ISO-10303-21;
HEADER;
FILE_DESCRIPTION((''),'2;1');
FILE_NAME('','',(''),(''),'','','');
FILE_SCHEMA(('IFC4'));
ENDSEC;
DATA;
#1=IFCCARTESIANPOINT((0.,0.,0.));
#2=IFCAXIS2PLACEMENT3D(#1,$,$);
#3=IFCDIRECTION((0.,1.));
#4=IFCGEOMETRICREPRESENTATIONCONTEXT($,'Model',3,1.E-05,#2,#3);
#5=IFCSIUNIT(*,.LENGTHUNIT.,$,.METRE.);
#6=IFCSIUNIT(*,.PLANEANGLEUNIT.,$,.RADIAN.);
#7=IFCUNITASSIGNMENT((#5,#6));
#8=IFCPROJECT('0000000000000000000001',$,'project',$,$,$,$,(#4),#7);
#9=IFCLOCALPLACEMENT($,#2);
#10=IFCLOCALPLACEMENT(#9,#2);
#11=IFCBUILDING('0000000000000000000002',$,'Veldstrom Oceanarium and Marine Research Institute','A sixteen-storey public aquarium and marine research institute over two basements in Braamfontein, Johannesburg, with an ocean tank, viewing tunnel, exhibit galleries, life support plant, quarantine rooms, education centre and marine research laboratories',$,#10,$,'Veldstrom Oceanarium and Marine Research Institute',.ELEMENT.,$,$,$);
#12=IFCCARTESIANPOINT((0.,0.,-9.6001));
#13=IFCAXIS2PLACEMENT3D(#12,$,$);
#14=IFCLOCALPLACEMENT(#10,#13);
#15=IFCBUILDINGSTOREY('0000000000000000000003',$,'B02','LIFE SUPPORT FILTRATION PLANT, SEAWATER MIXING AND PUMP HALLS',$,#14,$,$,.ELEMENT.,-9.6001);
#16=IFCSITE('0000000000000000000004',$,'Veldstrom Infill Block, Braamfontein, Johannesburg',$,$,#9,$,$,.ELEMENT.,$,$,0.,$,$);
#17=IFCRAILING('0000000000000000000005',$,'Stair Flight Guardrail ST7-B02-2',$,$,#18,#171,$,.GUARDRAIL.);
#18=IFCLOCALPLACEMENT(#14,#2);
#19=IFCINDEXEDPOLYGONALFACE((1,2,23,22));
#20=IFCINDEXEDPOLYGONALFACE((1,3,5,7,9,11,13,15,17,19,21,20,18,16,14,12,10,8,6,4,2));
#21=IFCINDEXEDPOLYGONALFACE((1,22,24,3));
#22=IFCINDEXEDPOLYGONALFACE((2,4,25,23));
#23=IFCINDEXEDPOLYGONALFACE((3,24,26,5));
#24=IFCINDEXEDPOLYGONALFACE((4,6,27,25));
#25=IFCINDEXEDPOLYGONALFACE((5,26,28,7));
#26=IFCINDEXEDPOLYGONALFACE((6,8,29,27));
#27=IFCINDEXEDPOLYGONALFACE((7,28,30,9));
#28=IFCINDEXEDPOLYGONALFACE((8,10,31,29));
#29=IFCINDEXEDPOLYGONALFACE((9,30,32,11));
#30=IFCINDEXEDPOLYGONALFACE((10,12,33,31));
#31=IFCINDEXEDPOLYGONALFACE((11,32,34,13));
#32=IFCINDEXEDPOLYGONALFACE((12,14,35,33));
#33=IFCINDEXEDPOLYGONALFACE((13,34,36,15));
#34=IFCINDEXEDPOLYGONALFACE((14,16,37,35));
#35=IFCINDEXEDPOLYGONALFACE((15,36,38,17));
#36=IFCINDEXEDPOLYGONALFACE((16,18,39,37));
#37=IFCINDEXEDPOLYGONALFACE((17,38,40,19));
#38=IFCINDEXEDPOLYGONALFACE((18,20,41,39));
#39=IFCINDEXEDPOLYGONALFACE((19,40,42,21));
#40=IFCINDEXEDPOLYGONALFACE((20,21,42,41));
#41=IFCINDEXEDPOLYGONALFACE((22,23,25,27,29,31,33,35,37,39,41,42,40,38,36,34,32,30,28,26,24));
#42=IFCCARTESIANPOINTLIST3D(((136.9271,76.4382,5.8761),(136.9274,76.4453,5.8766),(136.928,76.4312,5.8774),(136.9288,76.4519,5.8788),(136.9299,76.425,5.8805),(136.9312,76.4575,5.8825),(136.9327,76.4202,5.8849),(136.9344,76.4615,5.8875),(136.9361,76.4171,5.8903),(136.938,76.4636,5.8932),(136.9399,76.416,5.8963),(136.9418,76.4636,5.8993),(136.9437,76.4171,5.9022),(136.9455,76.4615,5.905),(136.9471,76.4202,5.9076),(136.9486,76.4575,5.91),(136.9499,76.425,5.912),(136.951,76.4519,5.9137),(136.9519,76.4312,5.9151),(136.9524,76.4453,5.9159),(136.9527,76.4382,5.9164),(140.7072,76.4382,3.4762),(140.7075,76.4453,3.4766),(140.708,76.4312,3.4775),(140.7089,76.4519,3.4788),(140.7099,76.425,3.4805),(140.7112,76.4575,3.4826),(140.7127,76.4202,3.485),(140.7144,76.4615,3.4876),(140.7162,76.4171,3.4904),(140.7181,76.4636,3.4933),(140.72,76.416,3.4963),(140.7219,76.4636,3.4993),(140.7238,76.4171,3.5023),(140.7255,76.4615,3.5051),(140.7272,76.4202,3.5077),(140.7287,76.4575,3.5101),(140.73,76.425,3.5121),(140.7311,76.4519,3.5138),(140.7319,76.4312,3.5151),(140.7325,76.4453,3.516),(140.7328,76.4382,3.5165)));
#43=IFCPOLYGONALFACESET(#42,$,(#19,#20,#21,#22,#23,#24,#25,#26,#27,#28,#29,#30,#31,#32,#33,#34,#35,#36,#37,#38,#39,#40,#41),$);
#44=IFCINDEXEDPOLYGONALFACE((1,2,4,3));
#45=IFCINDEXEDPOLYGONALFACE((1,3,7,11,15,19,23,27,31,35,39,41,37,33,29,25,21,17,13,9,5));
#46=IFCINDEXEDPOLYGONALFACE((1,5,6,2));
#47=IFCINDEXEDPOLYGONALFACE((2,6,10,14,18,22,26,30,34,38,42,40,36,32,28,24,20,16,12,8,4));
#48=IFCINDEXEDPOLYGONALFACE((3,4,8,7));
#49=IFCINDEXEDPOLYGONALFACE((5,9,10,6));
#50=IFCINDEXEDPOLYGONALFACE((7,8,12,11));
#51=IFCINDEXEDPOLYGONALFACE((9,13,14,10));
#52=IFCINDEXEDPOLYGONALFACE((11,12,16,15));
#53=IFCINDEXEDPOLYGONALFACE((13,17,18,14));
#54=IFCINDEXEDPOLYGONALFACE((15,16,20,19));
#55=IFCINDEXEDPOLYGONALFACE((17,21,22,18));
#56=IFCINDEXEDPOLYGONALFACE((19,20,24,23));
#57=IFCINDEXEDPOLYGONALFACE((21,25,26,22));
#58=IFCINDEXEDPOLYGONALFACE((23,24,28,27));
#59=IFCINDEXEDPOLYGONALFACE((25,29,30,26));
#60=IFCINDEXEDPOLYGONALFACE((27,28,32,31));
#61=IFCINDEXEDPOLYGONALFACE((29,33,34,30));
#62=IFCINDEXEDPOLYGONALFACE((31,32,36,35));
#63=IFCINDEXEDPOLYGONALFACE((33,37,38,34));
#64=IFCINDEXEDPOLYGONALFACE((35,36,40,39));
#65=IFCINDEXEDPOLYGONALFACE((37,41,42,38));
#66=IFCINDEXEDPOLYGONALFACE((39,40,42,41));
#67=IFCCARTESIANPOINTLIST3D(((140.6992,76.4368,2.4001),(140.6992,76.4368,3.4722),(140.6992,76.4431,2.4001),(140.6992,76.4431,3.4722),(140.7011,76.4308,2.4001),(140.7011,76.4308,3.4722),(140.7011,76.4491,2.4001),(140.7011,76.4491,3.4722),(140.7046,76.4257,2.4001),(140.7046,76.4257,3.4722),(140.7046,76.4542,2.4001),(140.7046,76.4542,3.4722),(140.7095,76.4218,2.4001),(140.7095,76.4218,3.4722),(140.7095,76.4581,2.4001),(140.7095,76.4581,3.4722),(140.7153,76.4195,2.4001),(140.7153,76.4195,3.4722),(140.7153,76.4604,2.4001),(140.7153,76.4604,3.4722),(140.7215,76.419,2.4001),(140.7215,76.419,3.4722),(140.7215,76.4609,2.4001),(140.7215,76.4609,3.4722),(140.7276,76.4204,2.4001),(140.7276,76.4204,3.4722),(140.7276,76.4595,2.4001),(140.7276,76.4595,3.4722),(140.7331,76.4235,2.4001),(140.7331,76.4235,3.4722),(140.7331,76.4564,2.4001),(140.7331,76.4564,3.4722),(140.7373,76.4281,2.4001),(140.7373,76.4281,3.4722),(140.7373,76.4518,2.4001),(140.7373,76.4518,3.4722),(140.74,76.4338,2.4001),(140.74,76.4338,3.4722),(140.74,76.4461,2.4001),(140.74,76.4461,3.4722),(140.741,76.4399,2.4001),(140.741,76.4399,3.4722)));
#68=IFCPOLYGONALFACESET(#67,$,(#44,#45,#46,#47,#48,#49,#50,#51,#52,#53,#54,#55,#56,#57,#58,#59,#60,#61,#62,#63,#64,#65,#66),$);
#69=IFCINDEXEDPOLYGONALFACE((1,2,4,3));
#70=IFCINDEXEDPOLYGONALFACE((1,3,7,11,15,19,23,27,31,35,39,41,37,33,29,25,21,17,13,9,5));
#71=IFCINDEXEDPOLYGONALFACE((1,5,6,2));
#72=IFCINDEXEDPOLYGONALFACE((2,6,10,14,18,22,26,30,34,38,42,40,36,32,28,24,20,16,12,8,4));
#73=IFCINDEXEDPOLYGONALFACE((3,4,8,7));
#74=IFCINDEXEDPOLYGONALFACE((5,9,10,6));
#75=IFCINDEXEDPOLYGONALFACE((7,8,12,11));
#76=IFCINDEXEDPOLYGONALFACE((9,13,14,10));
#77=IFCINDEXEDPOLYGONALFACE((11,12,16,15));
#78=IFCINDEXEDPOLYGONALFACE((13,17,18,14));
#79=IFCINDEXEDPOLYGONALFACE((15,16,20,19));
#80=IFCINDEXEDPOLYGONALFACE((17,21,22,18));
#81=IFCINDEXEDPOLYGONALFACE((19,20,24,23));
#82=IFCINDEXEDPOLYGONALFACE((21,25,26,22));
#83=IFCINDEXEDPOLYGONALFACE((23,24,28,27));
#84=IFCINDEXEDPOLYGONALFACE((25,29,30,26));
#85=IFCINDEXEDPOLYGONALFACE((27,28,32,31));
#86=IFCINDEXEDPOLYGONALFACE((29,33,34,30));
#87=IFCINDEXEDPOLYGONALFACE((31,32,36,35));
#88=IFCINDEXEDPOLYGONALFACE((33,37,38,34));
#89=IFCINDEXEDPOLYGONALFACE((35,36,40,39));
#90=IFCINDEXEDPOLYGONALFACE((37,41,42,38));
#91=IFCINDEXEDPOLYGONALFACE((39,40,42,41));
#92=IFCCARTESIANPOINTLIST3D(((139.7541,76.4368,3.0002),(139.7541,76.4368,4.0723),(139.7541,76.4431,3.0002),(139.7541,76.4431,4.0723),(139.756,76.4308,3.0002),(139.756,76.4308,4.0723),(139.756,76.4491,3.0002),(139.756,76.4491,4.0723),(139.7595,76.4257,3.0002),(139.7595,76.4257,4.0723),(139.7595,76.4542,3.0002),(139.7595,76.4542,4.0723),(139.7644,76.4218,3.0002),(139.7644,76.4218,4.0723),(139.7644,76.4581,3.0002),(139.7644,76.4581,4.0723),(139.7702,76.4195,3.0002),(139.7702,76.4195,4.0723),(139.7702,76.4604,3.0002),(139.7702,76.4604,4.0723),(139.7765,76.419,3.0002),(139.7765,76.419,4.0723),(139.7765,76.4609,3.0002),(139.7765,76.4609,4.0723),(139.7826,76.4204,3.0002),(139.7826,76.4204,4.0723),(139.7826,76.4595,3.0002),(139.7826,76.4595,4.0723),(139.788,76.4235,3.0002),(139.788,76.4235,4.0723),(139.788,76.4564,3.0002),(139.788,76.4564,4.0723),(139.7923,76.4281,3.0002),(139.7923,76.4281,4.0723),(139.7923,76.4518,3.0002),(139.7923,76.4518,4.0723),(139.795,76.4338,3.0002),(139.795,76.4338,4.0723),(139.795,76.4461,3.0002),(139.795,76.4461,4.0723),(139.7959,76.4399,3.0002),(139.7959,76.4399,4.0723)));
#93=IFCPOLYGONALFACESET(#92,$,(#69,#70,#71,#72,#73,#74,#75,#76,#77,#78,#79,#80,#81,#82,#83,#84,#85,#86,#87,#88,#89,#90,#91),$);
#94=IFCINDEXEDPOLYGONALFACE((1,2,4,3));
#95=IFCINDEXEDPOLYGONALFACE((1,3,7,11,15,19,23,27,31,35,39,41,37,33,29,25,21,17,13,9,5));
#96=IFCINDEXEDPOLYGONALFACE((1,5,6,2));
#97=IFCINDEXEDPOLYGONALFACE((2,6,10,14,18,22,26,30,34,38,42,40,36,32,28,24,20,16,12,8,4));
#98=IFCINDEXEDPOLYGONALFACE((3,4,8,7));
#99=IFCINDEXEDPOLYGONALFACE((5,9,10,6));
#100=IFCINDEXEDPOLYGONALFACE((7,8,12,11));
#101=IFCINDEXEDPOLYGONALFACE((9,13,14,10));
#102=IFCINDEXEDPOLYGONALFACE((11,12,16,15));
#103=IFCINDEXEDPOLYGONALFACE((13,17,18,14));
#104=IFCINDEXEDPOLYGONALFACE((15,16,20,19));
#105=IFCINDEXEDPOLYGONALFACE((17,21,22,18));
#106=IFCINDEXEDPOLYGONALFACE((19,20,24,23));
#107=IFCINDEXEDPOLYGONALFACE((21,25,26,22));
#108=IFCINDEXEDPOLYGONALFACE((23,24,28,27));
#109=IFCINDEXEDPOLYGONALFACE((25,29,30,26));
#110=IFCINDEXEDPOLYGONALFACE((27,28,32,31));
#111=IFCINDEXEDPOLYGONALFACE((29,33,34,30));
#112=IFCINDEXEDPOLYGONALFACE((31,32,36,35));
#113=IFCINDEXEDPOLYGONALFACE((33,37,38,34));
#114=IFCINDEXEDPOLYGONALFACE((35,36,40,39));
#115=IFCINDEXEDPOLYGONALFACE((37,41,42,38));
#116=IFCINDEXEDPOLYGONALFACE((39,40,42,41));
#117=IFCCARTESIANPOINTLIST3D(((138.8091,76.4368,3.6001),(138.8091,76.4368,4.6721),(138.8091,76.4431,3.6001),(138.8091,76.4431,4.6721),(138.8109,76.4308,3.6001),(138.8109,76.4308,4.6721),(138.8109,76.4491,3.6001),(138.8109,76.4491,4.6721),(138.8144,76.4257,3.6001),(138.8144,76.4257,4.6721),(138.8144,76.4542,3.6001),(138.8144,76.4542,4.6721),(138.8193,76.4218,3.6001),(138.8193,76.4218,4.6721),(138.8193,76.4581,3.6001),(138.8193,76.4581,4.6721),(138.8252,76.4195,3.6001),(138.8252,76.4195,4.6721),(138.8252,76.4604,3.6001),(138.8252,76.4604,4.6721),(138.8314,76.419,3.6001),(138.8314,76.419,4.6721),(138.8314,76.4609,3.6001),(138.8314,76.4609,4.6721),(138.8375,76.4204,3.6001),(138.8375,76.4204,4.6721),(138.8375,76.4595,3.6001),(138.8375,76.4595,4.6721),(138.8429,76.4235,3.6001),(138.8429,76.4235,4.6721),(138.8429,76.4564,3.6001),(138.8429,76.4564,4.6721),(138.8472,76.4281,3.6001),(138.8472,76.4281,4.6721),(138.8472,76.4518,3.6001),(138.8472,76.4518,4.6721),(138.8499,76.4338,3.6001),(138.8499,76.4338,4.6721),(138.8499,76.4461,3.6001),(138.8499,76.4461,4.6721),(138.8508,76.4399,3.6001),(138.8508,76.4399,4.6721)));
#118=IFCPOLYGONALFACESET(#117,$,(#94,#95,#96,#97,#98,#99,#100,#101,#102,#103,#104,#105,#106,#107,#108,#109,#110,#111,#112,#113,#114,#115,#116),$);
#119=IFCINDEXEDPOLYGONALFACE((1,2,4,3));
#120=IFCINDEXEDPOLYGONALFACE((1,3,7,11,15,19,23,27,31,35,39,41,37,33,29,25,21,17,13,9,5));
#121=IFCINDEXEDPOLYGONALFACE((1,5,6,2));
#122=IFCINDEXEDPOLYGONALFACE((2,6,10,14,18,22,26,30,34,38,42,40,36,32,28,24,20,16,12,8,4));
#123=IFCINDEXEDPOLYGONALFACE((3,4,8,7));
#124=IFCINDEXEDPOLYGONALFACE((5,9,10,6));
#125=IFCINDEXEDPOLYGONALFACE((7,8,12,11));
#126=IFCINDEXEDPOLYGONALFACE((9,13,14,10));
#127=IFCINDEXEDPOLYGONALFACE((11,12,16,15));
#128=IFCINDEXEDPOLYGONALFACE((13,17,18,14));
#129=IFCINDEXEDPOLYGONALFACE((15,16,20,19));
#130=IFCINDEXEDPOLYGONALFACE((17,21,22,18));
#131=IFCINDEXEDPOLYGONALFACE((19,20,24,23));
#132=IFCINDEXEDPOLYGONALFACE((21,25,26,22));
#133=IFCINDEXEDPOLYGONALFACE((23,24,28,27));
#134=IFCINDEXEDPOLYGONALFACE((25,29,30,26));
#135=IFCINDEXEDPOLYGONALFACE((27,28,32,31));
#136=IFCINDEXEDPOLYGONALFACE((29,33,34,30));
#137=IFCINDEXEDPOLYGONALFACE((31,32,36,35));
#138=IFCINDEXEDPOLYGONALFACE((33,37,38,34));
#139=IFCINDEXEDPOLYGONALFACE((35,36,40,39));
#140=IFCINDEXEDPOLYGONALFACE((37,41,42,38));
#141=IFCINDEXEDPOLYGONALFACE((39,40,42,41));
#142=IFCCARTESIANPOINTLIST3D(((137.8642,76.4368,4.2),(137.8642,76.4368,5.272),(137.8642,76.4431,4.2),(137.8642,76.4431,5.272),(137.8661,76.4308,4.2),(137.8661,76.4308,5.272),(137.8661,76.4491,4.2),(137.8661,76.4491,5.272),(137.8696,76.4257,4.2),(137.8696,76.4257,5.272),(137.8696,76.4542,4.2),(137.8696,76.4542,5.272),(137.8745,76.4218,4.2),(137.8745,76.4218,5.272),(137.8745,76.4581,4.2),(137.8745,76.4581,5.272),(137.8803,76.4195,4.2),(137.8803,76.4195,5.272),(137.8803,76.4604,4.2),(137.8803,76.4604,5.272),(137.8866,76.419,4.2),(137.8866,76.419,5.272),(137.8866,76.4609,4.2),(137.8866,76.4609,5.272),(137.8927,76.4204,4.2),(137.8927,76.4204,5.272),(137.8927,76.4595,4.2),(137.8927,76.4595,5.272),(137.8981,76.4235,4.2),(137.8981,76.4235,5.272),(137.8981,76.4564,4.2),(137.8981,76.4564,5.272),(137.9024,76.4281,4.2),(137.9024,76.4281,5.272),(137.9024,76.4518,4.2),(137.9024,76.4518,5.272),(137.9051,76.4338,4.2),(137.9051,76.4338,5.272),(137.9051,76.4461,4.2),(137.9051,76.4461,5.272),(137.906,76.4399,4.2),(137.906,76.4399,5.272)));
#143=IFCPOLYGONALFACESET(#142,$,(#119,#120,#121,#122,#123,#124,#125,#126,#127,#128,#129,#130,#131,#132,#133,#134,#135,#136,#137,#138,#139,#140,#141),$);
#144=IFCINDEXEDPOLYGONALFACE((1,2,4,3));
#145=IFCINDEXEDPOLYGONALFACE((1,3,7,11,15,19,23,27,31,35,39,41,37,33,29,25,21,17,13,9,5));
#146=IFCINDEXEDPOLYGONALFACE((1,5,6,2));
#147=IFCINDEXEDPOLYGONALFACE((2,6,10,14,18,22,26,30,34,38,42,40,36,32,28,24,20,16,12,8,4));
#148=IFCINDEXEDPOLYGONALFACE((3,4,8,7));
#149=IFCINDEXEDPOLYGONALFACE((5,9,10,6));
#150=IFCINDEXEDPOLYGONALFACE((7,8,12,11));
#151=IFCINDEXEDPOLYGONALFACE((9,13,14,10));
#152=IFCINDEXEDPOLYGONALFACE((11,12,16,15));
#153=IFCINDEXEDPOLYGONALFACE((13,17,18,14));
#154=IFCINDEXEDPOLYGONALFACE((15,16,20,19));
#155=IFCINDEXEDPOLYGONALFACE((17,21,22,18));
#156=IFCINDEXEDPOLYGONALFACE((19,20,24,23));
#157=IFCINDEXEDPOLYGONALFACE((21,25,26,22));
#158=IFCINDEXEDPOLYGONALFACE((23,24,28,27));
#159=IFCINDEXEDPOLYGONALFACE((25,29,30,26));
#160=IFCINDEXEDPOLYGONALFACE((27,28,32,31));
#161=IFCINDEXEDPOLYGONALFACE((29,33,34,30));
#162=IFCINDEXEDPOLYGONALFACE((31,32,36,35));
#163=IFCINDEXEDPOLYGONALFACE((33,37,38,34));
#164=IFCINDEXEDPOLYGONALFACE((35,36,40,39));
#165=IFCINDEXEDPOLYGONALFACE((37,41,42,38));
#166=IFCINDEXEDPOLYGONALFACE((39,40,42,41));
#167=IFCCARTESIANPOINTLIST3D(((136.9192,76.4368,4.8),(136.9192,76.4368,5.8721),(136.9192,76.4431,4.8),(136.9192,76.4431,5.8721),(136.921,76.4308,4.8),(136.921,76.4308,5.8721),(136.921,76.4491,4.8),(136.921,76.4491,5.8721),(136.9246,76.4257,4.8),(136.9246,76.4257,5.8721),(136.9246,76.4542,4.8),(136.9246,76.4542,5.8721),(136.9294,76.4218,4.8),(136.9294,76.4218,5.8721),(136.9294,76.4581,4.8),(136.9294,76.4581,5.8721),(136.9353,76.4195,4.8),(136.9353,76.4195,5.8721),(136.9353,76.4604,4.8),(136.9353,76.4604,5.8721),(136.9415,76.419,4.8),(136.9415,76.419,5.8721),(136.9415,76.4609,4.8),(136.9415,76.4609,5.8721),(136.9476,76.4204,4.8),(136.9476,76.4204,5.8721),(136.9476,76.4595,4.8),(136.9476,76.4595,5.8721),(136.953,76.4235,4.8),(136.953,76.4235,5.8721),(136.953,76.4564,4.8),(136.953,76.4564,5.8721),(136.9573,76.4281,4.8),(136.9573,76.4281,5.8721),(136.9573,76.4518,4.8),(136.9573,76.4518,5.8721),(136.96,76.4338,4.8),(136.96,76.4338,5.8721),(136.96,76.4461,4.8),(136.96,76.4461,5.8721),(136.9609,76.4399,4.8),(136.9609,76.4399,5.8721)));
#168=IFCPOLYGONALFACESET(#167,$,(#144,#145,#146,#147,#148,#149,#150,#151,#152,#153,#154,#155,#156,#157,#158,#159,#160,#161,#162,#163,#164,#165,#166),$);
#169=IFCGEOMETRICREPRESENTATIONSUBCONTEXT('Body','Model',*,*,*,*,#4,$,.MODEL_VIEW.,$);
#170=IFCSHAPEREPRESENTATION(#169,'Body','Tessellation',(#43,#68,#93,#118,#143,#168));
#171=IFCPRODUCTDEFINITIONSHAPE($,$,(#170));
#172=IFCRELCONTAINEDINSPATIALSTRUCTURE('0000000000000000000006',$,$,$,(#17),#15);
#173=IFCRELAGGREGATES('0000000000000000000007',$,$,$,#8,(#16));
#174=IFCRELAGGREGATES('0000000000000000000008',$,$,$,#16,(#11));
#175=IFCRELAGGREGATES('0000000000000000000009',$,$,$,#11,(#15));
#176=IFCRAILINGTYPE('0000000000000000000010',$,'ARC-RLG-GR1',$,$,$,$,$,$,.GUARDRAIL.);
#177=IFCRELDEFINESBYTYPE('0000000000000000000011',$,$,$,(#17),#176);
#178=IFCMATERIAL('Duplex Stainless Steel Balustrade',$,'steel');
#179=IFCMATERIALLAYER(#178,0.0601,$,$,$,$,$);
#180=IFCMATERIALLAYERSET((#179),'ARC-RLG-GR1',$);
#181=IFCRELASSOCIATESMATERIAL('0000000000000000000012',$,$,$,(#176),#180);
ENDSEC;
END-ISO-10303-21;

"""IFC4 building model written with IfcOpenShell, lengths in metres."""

from ifc_helpers import new_model, si_unit, direction, frame, origin, origin_2d, place, context, subcontext, project, spatial, circle, extrude, material, layer, layer_set, type_object, element, save


model = new_model("IFC4")

# Units and contexts
model_context = context("Model", 3, precision=1e-05, world=origin(), true_north=direction((0.0, 1.0)))
body_context = subcontext(model_context, "Body", "Model", "MODEL_VIEW")
ifc_project = project(units=[si_unit("LENGTHUNIT", "METRE"), si_unit("PLANEANGLEUNIT", "RADIAN")], contexts=[model_context])

# Site, building, storey
site_placement = place(None, origin())
site = spatial("IfcSite", under=ifc_project, at=site_placement, Name="Veldstrom Infill Block, Braamfontein, Johannesburg", CompositionType="ELEMENT", RefElevation=0.0)
building_placement = place(site_placement, origin())
building = spatial("IfcBuilding", under=site, at=building_placement, Name="Veldstrom Oceanarium and Marine Research Institute", Description="A sixteen-storey public aquarium and marine research institute over two basements in Braamfontein, Johannesburg, with an ocean tank, viewing tunnel, exhibit galleries, life support plant, quarantine rooms, education centre and marine research laboratories", LongName="Veldstrom Oceanarium and Marine Research Institute", CompositionType="ELEMENT")
storey_placement = place(building_placement, frame((0.0, 0.0, -9.6001)))
storey = spatial("IfcBuildingStorey", under=building, at=storey_placement, Name="B02", Description="LIFE SUPPORT FILTRATION PLANT, SEAWATER MIXING AND PUMP HALLS", CompositionType="ELEMENT", Elevation=-9.6001)

# Railing
ifc_material_1 = material(Name="Duplex Stainless Steel Balustrade", Category="steel")
ifc_layer_1 = layer(ifc_material_1, 0.0601)
ifc_layer_set_1 = layer_set([ifc_layer_1], Name="ARC-RLG-GR1")
railing_type_1 = type_object("IfcRailingType", Name="ARC-RLG-GR1", PredefinedType="GUARDRAIL", material=ifc_layer_set_1)
railing_1_placement = place(storey_placement, frame((140.72, 76.4399, 2.4001)))
element("IfcRailing", 1, at=railing_1_placement, inside=storey, type_object=railing_type_1, Name="Stair Flight Guardrail ST7-B02-2", PredefinedType="GUARDRAIL", context=body_context, shape_type="SweptSolid", body=[
    extrude(circle(Radius=0.0239, at=origin_2d()), frame((0.0, 0.0, 1.0962), z_axis=(-0.844225, 0.0, 0.53599), x_axis=(0.0, -1.0, 0.0)), (0.0, 0.0, 1.0), 4.4775),
    extrude(circle(Radius=0.021, at=origin_2d()), origin(), (0.0, 0.0, 1.0), 1.072),
    extrude(circle(Radius=0.021, at=origin_2d()), frame((-0.9451, 0.0, 0.6001)), (0.0, 0.0, 1.0), 1.072),
    extrude(circle(Radius=0.021, at=origin_2d()), frame((-1.8901, 0.0, 1.2)), (0.0, 0.0, 1.0), 1.072),
    extrude(circle(Radius=0.021, at=origin_2d()), frame((-2.835, 0.0, 1.7998)), (0.0, 0.0, 1.0), 1.072),
    extrude(circle(Radius=0.021, at=origin_2d()), frame((-3.78, 0.0, 2.3999)), (0.0, 0.0, 1.0), 1.072),
])

save(model, "model.ifc")
